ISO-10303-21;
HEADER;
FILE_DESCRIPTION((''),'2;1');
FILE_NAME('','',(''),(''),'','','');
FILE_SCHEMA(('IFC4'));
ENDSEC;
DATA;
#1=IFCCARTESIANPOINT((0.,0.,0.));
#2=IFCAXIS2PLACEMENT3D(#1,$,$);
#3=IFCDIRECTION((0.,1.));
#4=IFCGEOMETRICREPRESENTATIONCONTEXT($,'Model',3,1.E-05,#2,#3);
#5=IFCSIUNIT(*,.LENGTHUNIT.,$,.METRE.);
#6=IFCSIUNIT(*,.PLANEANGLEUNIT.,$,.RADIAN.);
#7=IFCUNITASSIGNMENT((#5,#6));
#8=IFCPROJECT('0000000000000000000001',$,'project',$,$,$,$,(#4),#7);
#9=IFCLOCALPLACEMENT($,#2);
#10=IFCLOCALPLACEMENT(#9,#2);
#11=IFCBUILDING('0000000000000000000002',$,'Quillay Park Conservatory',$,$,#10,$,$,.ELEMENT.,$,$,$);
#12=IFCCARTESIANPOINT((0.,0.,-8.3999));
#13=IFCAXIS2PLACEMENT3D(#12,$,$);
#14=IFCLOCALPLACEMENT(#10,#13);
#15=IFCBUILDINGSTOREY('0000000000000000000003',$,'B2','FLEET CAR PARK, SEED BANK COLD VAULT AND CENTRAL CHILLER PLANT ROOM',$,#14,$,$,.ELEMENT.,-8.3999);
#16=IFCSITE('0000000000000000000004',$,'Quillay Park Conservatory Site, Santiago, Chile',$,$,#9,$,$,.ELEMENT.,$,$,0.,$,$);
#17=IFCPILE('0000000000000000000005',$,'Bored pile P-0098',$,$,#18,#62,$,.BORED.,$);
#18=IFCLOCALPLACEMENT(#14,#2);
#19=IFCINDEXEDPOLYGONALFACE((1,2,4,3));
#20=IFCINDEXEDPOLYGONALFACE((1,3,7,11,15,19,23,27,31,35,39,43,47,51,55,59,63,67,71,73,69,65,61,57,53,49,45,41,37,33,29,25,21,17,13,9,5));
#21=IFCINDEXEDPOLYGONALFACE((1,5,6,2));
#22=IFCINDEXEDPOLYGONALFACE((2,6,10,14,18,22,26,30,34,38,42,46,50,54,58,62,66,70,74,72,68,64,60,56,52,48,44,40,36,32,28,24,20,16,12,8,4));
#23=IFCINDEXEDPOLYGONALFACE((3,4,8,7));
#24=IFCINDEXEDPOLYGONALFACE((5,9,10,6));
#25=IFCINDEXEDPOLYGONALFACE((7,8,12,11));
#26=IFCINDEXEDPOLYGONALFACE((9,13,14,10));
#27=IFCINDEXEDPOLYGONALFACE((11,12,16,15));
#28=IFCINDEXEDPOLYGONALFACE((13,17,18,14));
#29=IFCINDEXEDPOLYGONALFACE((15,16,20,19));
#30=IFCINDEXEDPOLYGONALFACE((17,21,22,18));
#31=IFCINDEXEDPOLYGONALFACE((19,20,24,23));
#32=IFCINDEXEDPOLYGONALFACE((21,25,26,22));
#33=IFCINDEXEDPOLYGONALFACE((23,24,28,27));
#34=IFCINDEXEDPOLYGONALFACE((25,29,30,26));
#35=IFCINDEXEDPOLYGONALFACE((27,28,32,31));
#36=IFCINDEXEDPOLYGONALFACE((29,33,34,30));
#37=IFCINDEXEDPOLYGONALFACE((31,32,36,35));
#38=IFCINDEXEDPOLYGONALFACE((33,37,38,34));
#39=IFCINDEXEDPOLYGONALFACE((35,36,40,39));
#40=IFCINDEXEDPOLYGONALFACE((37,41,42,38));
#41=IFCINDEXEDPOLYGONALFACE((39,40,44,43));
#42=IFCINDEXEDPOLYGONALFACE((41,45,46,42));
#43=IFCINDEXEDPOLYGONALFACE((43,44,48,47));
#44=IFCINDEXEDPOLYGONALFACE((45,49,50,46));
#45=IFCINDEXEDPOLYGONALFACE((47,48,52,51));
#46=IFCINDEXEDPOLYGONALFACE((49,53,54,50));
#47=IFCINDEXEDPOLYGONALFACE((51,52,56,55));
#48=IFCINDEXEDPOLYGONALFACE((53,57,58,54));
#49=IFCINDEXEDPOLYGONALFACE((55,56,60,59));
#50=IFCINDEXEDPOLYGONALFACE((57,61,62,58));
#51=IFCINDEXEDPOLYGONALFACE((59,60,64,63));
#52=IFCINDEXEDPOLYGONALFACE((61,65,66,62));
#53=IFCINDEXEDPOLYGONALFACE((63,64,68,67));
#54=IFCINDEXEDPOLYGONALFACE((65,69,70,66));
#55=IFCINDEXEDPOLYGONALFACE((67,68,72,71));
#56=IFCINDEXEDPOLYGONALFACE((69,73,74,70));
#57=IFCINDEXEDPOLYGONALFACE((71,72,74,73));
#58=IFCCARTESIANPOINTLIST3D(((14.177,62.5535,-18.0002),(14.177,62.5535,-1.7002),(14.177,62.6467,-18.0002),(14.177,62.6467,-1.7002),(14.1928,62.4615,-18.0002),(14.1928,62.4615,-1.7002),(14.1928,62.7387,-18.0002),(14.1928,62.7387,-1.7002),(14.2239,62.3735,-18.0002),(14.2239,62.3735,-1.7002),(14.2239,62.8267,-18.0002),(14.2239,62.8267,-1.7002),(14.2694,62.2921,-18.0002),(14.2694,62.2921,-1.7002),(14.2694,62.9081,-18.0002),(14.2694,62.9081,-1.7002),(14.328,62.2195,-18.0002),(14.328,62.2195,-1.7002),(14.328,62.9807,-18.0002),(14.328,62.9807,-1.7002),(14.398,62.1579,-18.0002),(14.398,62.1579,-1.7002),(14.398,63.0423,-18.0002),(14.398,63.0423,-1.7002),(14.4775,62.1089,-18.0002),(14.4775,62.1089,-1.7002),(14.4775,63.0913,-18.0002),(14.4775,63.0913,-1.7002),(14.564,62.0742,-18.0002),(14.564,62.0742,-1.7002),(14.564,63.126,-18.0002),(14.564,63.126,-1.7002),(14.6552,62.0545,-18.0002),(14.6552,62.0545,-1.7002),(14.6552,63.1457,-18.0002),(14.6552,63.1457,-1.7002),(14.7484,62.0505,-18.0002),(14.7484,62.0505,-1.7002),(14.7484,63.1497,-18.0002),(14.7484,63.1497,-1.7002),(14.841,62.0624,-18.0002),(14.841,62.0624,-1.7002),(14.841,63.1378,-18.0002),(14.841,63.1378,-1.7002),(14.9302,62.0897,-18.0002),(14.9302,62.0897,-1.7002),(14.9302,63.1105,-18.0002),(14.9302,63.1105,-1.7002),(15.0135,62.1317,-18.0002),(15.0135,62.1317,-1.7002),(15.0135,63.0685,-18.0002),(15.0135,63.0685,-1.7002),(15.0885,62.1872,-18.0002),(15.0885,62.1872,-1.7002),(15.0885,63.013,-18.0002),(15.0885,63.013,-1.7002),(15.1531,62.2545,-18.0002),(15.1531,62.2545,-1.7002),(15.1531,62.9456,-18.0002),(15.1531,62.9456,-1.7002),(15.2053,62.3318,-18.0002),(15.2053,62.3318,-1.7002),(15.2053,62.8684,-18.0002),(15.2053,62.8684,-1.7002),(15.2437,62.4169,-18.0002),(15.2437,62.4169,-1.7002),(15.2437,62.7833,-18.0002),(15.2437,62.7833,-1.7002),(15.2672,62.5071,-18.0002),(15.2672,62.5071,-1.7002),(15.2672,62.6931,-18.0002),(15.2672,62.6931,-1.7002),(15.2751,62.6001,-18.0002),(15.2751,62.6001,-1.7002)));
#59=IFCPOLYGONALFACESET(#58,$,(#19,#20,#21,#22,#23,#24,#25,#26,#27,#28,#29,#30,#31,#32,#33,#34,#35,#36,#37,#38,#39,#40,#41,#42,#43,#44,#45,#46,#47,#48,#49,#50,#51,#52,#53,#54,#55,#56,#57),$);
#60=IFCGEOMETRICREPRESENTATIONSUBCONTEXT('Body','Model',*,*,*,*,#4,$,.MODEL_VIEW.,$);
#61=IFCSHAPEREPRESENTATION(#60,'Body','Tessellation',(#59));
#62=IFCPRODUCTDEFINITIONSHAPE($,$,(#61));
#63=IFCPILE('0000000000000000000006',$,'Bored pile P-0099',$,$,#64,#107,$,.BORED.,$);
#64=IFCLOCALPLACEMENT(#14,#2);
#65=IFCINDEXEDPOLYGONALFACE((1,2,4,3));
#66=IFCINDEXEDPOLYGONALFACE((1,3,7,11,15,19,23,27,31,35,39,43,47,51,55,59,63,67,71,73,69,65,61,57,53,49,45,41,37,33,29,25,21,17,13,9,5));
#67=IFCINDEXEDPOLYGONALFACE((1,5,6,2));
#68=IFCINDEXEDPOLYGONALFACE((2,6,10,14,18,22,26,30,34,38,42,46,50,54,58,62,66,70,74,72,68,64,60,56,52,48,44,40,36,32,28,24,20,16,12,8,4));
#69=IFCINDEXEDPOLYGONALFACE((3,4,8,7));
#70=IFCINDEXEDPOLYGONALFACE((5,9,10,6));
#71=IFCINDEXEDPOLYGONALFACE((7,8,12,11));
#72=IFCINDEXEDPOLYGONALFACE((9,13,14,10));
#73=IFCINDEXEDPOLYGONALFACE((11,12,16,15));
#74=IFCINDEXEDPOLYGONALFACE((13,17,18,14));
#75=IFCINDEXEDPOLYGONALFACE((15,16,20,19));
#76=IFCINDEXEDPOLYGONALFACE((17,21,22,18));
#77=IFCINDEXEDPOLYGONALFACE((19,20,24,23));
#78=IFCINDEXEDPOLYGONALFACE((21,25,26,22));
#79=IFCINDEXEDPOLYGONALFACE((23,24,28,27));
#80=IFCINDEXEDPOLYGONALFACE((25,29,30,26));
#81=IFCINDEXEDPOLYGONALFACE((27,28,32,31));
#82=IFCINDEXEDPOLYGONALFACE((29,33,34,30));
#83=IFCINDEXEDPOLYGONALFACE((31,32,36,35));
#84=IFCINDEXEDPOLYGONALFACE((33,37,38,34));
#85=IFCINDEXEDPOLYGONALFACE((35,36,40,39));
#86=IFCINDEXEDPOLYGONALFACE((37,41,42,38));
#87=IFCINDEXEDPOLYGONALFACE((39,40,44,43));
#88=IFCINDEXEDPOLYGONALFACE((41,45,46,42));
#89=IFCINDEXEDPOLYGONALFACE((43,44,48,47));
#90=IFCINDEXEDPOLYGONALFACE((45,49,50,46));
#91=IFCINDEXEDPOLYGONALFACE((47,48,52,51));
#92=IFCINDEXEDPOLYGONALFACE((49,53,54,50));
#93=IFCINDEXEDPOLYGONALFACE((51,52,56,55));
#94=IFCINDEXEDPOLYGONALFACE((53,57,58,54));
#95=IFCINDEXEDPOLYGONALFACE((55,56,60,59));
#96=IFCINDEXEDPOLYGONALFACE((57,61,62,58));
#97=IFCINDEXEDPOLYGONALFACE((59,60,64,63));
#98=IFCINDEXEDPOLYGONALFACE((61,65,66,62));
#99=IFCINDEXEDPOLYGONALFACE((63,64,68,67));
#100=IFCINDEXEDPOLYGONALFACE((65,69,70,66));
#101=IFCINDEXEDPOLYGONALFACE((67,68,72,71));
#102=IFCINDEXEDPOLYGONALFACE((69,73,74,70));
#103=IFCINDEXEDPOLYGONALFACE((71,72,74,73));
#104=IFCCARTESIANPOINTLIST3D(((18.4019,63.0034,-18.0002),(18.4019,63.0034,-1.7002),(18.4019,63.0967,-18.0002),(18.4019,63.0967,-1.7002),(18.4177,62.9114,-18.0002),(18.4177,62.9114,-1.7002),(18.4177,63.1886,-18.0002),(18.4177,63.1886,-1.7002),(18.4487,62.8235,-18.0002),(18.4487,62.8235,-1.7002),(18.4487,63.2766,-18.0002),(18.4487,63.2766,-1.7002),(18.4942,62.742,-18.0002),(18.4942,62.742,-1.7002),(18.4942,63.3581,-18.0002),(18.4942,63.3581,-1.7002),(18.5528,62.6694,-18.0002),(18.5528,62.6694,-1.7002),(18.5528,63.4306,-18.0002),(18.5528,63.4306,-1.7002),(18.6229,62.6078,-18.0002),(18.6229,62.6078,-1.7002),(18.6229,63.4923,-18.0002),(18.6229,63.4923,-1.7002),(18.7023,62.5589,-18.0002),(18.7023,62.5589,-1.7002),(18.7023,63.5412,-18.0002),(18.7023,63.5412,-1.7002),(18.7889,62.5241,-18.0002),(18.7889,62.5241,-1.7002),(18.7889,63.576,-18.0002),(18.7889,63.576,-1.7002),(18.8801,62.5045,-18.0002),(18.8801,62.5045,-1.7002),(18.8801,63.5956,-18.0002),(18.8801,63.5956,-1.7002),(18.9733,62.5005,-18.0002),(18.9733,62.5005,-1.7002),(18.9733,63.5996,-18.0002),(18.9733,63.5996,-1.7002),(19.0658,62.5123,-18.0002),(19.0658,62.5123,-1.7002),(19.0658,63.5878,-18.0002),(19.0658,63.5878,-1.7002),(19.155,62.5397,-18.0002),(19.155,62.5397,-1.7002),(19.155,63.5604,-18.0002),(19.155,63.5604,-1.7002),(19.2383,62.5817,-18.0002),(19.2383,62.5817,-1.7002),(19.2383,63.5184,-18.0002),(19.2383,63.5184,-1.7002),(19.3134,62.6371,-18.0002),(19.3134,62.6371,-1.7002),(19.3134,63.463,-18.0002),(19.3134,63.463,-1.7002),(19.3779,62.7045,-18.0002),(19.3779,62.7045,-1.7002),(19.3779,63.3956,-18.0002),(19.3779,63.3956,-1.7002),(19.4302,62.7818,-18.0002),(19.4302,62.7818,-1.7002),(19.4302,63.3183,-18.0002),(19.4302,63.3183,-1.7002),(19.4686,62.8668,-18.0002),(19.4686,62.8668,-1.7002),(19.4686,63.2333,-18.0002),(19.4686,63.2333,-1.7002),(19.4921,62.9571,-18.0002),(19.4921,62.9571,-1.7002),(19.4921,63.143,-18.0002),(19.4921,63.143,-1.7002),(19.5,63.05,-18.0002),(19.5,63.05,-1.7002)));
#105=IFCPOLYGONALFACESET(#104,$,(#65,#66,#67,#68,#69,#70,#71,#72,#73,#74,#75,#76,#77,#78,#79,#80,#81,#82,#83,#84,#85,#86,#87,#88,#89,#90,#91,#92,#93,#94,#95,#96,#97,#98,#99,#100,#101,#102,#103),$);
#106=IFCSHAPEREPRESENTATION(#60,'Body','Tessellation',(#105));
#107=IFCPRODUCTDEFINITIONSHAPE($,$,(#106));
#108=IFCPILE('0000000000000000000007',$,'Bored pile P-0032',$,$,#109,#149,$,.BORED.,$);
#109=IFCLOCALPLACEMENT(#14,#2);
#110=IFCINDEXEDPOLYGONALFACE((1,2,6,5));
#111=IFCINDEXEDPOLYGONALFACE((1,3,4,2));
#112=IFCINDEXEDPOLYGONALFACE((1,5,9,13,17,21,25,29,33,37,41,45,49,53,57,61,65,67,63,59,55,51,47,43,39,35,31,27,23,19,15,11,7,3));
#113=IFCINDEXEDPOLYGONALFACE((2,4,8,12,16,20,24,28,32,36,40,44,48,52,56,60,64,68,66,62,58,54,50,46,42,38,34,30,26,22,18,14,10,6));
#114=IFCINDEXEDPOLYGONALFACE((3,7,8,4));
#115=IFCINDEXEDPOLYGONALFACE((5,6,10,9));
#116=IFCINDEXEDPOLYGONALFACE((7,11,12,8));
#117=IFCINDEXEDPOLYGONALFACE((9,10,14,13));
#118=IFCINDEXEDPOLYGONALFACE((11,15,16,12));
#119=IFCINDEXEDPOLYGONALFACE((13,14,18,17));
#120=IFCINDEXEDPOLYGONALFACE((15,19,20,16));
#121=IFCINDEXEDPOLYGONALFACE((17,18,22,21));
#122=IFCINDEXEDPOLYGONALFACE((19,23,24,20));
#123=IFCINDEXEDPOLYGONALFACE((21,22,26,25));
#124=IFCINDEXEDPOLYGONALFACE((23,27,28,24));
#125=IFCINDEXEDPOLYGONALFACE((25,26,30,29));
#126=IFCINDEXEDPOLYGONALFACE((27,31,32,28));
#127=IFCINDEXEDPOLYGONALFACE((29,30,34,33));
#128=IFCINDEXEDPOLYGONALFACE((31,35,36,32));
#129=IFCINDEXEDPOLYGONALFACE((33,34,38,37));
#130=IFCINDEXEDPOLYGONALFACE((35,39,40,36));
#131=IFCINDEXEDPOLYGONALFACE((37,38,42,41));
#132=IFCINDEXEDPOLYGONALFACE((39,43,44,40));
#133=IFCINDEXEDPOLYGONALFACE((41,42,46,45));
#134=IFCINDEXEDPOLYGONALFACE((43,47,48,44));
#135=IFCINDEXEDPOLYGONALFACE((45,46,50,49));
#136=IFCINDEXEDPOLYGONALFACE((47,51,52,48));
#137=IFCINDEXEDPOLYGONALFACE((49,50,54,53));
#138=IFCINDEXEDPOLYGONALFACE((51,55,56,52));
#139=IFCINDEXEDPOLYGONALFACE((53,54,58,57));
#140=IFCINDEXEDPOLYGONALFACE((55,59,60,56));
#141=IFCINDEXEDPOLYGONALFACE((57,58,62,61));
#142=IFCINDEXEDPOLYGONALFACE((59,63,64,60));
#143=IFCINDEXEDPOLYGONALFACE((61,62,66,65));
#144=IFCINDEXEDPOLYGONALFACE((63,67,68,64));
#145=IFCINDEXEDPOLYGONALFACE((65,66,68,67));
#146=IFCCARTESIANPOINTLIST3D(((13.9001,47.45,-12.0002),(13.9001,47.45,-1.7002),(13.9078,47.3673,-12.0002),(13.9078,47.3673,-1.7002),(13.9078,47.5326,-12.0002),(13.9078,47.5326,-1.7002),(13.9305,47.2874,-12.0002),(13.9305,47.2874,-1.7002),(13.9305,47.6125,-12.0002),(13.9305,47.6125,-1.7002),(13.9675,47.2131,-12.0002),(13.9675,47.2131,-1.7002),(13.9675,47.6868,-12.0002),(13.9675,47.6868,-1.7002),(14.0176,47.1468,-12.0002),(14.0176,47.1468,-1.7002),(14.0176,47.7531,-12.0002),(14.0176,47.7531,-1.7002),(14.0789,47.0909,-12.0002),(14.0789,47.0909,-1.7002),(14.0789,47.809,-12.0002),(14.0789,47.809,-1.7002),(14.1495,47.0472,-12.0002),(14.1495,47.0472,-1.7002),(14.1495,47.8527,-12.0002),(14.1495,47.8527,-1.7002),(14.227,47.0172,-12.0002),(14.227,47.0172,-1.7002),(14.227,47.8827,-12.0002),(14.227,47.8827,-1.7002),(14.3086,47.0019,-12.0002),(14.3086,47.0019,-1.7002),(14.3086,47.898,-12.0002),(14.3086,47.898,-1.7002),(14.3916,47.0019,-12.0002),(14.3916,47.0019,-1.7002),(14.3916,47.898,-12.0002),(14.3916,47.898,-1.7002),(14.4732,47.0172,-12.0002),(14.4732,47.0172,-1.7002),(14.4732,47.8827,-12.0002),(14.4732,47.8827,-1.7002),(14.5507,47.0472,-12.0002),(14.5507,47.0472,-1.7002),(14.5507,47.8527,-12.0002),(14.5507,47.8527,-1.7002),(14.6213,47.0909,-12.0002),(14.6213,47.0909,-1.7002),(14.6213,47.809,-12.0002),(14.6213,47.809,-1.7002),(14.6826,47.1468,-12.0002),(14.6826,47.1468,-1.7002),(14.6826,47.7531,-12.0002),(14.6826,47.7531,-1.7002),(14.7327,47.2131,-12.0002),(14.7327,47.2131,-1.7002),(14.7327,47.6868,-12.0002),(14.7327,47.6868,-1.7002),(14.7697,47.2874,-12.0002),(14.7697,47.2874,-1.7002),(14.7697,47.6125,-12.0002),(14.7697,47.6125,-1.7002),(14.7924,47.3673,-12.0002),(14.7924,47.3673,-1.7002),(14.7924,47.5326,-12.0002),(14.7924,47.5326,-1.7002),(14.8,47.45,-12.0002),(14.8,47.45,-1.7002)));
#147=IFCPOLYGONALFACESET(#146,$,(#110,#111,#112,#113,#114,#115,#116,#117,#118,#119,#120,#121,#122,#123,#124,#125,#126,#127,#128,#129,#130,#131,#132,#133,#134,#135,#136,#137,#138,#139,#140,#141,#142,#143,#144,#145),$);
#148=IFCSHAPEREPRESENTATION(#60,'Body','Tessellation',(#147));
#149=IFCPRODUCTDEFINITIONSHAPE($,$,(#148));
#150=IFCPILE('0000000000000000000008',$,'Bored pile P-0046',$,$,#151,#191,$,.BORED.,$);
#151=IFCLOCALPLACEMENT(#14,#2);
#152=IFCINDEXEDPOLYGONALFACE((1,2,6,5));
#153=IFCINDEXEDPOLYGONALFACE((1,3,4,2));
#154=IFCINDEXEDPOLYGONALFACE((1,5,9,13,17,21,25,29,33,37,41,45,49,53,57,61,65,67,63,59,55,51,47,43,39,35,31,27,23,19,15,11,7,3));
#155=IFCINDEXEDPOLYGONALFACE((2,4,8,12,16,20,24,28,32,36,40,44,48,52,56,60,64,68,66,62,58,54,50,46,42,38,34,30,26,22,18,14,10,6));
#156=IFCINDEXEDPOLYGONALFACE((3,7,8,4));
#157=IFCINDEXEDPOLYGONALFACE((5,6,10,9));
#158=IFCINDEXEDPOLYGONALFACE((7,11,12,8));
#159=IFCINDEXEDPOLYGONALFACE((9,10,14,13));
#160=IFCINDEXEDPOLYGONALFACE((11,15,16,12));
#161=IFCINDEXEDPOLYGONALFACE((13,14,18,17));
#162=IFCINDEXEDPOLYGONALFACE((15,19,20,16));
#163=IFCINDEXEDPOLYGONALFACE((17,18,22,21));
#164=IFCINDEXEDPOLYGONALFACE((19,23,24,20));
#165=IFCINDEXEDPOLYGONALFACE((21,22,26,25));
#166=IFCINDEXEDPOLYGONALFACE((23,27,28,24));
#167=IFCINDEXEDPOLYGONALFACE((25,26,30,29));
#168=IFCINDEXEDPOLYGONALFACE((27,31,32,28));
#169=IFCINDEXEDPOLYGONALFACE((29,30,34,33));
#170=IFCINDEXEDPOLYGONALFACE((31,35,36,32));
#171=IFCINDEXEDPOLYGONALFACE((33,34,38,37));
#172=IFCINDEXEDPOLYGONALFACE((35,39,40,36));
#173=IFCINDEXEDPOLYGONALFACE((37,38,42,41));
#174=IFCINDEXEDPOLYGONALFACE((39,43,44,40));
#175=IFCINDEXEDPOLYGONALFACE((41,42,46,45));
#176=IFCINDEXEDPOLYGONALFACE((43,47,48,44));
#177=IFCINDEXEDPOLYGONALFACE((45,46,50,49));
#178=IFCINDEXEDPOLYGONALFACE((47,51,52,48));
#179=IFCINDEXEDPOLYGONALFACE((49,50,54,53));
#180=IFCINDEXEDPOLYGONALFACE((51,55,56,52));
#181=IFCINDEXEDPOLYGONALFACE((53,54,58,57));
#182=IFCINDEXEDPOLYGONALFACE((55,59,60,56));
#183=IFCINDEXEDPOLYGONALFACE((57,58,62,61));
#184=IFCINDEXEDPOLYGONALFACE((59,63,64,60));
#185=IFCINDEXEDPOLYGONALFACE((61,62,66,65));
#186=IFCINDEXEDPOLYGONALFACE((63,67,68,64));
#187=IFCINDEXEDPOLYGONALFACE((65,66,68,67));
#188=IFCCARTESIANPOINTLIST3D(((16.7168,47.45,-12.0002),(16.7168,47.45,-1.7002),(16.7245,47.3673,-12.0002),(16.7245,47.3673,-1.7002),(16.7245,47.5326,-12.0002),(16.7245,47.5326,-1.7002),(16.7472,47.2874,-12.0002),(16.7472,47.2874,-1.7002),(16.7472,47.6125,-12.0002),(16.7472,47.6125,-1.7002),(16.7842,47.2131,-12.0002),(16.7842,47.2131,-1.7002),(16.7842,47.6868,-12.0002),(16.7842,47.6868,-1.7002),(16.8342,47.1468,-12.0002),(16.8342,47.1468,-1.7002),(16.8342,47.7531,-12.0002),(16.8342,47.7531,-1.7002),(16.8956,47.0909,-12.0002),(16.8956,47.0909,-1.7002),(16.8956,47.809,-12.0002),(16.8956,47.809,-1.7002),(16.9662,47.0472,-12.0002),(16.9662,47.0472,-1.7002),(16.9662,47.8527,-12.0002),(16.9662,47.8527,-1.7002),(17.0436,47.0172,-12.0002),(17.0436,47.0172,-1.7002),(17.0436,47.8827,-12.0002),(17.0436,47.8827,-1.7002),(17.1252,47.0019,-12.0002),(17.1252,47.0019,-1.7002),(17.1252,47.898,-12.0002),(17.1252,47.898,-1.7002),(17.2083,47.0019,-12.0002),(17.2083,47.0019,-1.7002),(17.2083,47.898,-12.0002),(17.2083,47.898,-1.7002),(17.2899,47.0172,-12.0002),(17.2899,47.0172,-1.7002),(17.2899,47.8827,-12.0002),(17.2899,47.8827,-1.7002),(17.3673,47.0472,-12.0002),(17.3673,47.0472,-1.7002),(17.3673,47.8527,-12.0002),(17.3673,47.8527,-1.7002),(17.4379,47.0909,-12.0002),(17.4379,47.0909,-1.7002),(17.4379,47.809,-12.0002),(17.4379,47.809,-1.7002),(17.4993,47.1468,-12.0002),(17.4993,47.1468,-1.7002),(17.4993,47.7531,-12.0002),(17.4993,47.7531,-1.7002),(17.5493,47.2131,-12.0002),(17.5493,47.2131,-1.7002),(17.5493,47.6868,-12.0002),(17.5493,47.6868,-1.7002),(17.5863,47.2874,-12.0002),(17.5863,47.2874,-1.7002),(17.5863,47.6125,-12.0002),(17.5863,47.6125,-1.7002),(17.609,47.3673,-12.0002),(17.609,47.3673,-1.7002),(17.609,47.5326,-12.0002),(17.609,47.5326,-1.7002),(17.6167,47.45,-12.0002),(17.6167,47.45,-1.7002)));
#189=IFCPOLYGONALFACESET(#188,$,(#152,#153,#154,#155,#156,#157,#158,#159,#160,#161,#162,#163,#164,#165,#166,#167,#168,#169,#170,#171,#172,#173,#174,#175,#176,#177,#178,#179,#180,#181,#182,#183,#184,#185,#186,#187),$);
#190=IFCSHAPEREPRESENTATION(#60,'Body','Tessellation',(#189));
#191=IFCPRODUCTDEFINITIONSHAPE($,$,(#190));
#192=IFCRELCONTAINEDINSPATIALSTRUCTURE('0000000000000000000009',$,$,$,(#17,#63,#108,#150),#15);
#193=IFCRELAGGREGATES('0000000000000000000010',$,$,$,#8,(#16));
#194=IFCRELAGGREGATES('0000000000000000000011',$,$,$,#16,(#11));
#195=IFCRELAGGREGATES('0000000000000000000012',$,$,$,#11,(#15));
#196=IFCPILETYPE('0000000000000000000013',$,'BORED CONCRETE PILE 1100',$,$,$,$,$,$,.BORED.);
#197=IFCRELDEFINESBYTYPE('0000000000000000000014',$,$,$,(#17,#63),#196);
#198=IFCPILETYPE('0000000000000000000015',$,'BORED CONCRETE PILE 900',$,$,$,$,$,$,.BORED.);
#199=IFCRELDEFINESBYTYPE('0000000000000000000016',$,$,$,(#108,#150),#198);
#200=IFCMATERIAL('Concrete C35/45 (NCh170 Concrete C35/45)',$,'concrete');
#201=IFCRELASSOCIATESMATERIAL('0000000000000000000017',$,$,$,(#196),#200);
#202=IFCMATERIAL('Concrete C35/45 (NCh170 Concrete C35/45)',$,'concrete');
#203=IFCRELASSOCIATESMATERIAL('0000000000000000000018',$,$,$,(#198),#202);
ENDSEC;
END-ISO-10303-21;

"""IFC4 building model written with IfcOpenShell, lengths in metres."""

from ifc_helpers import new_model, si_unit, direction, frame, origin, origin_2d, place, context, subcontext, project, spatial, circle, extrude, material, material_profile, profile_set, type_object, element, save


model = new_model("IFC4")

# Units and contexts
model_context = context("Model", 3, precision=1e-05, world=origin(), true_north=direction((0.0, 1.0)))
body_context = subcontext(model_context, "Body", "Model", "MODEL_VIEW")
ifc_project = project(units=[si_unit("LENGTHUNIT", "METRE"), si_unit("PLANEANGLEUNIT", "RADIAN")], contexts=[model_context])

# Site, building, storey
site_placement = place(None, origin())
site = spatial("IfcSite", under=ifc_project, at=site_placement, Name="Quillay Park Conservatory Site, Santiago, Chile", CompositionType="ELEMENT", RefElevation=0.0)
building_placement = place(site_placement, origin())
building = spatial("IfcBuilding", under=site, at=building_placement, Name="Quillay Park Conservatory", CompositionType="ELEMENT")
storey_placement = place(building_placement, frame((0.0, 0.0, -8.3999)))
storey = spatial("IfcBuildingStorey", under=building, at=storey_placement, Name="B2", Description="FLEET CAR PARK, SEED BANK COLD VAULT AND CENTRAL CHILLER PLANT ROOM", CompositionType="ELEMENT", Elevation=-8.3999)

# Piles
ifc_material_1 = material(Name="Concrete C35/45 (NCh170 Concrete C35/45)", Category="concrete")
ifc_material_profile_1 = material_profile(ifc_material_1, circle(Radius=0.55, at=origin_2d()), Name="PILE1100")
ifc_profile_set_1 = profile_set([ifc_material_profile_1], Name="Concrete C35/45 (NCh170 Concrete C35/45)")
pile_type_1 = type_object("IfcPileType", Name="BORED CONCRETE PILE 1100", PredefinedType="BORED", material=ifc_profile_set_1)
for number, where, z_axis, x_axis, name in (
    (1, (14.7251, 62.6001, -1.7002), (0.0, 0.0, -1.0), (1.0, 0.0, 0.0), "Bored pile P-0098"),
    (2, (18.95, 63.05, -1.7002), (0.0, 0.0, -1.0), (1.0, 0.0, 0.0), "Bored pile P-0099"),
):
    element("IfcPile", number, at=place(storey_placement, frame(where, z_axis=z_axis, x_axis=x_axis)), inside=storey, type_object=pile_type_1, Name=name, PredefinedType="BORED", context=body_context, shape_type="SweptSolid", body=[
        extrude(circle(Radius=0.55, at=origin_2d()), origin(), (0.0, 0.0, 1.0), 16.3),
    ])
ifc_material_2 = material(Name="Concrete C35/45 (NCh170 Concrete C35/45)", Category="concrete")
ifc_material_profile_2 = material_profile(ifc_material_2, circle(Radius=0.45, at=origin_2d()), Name="PILE900")
ifc_profile_set_2 = profile_set([ifc_material_profile_2], Name="Concrete C35/45 (NCh170 Concrete C35/45)")
pile_type_2 = type_object("IfcPileType", Name="BORED CONCRETE PILE 900", PredefinedType="BORED", material=ifc_profile_set_2)
for number, where, z_axis, x_axis, name in (
    (3, (14.3501, 47.45, -1.7002), (0.0, 0.0, -1.0), (1.0, 0.0, 0.0), "Bored pile P-0032"),
    (4, (17.1667, 47.45, -1.7002), (0.0, 0.0, -1.0), (1.0, 0.0, 0.0), "Bored pile P-0046"),
):
    element("IfcPile", number, at=place(storey_placement, frame(where, z_axis=z_axis, x_axis=x_axis)), inside=storey, type_object=pile_type_2, Name=name, PredefinedType="BORED", context=body_context, shape_type="SweptSolid", body=[
        extrude(circle(Radius=0.45, at=origin_2d()), origin(), (0.0, 0.0, 1.0), 10.3),
    ])

save(model, "model.ifc")
